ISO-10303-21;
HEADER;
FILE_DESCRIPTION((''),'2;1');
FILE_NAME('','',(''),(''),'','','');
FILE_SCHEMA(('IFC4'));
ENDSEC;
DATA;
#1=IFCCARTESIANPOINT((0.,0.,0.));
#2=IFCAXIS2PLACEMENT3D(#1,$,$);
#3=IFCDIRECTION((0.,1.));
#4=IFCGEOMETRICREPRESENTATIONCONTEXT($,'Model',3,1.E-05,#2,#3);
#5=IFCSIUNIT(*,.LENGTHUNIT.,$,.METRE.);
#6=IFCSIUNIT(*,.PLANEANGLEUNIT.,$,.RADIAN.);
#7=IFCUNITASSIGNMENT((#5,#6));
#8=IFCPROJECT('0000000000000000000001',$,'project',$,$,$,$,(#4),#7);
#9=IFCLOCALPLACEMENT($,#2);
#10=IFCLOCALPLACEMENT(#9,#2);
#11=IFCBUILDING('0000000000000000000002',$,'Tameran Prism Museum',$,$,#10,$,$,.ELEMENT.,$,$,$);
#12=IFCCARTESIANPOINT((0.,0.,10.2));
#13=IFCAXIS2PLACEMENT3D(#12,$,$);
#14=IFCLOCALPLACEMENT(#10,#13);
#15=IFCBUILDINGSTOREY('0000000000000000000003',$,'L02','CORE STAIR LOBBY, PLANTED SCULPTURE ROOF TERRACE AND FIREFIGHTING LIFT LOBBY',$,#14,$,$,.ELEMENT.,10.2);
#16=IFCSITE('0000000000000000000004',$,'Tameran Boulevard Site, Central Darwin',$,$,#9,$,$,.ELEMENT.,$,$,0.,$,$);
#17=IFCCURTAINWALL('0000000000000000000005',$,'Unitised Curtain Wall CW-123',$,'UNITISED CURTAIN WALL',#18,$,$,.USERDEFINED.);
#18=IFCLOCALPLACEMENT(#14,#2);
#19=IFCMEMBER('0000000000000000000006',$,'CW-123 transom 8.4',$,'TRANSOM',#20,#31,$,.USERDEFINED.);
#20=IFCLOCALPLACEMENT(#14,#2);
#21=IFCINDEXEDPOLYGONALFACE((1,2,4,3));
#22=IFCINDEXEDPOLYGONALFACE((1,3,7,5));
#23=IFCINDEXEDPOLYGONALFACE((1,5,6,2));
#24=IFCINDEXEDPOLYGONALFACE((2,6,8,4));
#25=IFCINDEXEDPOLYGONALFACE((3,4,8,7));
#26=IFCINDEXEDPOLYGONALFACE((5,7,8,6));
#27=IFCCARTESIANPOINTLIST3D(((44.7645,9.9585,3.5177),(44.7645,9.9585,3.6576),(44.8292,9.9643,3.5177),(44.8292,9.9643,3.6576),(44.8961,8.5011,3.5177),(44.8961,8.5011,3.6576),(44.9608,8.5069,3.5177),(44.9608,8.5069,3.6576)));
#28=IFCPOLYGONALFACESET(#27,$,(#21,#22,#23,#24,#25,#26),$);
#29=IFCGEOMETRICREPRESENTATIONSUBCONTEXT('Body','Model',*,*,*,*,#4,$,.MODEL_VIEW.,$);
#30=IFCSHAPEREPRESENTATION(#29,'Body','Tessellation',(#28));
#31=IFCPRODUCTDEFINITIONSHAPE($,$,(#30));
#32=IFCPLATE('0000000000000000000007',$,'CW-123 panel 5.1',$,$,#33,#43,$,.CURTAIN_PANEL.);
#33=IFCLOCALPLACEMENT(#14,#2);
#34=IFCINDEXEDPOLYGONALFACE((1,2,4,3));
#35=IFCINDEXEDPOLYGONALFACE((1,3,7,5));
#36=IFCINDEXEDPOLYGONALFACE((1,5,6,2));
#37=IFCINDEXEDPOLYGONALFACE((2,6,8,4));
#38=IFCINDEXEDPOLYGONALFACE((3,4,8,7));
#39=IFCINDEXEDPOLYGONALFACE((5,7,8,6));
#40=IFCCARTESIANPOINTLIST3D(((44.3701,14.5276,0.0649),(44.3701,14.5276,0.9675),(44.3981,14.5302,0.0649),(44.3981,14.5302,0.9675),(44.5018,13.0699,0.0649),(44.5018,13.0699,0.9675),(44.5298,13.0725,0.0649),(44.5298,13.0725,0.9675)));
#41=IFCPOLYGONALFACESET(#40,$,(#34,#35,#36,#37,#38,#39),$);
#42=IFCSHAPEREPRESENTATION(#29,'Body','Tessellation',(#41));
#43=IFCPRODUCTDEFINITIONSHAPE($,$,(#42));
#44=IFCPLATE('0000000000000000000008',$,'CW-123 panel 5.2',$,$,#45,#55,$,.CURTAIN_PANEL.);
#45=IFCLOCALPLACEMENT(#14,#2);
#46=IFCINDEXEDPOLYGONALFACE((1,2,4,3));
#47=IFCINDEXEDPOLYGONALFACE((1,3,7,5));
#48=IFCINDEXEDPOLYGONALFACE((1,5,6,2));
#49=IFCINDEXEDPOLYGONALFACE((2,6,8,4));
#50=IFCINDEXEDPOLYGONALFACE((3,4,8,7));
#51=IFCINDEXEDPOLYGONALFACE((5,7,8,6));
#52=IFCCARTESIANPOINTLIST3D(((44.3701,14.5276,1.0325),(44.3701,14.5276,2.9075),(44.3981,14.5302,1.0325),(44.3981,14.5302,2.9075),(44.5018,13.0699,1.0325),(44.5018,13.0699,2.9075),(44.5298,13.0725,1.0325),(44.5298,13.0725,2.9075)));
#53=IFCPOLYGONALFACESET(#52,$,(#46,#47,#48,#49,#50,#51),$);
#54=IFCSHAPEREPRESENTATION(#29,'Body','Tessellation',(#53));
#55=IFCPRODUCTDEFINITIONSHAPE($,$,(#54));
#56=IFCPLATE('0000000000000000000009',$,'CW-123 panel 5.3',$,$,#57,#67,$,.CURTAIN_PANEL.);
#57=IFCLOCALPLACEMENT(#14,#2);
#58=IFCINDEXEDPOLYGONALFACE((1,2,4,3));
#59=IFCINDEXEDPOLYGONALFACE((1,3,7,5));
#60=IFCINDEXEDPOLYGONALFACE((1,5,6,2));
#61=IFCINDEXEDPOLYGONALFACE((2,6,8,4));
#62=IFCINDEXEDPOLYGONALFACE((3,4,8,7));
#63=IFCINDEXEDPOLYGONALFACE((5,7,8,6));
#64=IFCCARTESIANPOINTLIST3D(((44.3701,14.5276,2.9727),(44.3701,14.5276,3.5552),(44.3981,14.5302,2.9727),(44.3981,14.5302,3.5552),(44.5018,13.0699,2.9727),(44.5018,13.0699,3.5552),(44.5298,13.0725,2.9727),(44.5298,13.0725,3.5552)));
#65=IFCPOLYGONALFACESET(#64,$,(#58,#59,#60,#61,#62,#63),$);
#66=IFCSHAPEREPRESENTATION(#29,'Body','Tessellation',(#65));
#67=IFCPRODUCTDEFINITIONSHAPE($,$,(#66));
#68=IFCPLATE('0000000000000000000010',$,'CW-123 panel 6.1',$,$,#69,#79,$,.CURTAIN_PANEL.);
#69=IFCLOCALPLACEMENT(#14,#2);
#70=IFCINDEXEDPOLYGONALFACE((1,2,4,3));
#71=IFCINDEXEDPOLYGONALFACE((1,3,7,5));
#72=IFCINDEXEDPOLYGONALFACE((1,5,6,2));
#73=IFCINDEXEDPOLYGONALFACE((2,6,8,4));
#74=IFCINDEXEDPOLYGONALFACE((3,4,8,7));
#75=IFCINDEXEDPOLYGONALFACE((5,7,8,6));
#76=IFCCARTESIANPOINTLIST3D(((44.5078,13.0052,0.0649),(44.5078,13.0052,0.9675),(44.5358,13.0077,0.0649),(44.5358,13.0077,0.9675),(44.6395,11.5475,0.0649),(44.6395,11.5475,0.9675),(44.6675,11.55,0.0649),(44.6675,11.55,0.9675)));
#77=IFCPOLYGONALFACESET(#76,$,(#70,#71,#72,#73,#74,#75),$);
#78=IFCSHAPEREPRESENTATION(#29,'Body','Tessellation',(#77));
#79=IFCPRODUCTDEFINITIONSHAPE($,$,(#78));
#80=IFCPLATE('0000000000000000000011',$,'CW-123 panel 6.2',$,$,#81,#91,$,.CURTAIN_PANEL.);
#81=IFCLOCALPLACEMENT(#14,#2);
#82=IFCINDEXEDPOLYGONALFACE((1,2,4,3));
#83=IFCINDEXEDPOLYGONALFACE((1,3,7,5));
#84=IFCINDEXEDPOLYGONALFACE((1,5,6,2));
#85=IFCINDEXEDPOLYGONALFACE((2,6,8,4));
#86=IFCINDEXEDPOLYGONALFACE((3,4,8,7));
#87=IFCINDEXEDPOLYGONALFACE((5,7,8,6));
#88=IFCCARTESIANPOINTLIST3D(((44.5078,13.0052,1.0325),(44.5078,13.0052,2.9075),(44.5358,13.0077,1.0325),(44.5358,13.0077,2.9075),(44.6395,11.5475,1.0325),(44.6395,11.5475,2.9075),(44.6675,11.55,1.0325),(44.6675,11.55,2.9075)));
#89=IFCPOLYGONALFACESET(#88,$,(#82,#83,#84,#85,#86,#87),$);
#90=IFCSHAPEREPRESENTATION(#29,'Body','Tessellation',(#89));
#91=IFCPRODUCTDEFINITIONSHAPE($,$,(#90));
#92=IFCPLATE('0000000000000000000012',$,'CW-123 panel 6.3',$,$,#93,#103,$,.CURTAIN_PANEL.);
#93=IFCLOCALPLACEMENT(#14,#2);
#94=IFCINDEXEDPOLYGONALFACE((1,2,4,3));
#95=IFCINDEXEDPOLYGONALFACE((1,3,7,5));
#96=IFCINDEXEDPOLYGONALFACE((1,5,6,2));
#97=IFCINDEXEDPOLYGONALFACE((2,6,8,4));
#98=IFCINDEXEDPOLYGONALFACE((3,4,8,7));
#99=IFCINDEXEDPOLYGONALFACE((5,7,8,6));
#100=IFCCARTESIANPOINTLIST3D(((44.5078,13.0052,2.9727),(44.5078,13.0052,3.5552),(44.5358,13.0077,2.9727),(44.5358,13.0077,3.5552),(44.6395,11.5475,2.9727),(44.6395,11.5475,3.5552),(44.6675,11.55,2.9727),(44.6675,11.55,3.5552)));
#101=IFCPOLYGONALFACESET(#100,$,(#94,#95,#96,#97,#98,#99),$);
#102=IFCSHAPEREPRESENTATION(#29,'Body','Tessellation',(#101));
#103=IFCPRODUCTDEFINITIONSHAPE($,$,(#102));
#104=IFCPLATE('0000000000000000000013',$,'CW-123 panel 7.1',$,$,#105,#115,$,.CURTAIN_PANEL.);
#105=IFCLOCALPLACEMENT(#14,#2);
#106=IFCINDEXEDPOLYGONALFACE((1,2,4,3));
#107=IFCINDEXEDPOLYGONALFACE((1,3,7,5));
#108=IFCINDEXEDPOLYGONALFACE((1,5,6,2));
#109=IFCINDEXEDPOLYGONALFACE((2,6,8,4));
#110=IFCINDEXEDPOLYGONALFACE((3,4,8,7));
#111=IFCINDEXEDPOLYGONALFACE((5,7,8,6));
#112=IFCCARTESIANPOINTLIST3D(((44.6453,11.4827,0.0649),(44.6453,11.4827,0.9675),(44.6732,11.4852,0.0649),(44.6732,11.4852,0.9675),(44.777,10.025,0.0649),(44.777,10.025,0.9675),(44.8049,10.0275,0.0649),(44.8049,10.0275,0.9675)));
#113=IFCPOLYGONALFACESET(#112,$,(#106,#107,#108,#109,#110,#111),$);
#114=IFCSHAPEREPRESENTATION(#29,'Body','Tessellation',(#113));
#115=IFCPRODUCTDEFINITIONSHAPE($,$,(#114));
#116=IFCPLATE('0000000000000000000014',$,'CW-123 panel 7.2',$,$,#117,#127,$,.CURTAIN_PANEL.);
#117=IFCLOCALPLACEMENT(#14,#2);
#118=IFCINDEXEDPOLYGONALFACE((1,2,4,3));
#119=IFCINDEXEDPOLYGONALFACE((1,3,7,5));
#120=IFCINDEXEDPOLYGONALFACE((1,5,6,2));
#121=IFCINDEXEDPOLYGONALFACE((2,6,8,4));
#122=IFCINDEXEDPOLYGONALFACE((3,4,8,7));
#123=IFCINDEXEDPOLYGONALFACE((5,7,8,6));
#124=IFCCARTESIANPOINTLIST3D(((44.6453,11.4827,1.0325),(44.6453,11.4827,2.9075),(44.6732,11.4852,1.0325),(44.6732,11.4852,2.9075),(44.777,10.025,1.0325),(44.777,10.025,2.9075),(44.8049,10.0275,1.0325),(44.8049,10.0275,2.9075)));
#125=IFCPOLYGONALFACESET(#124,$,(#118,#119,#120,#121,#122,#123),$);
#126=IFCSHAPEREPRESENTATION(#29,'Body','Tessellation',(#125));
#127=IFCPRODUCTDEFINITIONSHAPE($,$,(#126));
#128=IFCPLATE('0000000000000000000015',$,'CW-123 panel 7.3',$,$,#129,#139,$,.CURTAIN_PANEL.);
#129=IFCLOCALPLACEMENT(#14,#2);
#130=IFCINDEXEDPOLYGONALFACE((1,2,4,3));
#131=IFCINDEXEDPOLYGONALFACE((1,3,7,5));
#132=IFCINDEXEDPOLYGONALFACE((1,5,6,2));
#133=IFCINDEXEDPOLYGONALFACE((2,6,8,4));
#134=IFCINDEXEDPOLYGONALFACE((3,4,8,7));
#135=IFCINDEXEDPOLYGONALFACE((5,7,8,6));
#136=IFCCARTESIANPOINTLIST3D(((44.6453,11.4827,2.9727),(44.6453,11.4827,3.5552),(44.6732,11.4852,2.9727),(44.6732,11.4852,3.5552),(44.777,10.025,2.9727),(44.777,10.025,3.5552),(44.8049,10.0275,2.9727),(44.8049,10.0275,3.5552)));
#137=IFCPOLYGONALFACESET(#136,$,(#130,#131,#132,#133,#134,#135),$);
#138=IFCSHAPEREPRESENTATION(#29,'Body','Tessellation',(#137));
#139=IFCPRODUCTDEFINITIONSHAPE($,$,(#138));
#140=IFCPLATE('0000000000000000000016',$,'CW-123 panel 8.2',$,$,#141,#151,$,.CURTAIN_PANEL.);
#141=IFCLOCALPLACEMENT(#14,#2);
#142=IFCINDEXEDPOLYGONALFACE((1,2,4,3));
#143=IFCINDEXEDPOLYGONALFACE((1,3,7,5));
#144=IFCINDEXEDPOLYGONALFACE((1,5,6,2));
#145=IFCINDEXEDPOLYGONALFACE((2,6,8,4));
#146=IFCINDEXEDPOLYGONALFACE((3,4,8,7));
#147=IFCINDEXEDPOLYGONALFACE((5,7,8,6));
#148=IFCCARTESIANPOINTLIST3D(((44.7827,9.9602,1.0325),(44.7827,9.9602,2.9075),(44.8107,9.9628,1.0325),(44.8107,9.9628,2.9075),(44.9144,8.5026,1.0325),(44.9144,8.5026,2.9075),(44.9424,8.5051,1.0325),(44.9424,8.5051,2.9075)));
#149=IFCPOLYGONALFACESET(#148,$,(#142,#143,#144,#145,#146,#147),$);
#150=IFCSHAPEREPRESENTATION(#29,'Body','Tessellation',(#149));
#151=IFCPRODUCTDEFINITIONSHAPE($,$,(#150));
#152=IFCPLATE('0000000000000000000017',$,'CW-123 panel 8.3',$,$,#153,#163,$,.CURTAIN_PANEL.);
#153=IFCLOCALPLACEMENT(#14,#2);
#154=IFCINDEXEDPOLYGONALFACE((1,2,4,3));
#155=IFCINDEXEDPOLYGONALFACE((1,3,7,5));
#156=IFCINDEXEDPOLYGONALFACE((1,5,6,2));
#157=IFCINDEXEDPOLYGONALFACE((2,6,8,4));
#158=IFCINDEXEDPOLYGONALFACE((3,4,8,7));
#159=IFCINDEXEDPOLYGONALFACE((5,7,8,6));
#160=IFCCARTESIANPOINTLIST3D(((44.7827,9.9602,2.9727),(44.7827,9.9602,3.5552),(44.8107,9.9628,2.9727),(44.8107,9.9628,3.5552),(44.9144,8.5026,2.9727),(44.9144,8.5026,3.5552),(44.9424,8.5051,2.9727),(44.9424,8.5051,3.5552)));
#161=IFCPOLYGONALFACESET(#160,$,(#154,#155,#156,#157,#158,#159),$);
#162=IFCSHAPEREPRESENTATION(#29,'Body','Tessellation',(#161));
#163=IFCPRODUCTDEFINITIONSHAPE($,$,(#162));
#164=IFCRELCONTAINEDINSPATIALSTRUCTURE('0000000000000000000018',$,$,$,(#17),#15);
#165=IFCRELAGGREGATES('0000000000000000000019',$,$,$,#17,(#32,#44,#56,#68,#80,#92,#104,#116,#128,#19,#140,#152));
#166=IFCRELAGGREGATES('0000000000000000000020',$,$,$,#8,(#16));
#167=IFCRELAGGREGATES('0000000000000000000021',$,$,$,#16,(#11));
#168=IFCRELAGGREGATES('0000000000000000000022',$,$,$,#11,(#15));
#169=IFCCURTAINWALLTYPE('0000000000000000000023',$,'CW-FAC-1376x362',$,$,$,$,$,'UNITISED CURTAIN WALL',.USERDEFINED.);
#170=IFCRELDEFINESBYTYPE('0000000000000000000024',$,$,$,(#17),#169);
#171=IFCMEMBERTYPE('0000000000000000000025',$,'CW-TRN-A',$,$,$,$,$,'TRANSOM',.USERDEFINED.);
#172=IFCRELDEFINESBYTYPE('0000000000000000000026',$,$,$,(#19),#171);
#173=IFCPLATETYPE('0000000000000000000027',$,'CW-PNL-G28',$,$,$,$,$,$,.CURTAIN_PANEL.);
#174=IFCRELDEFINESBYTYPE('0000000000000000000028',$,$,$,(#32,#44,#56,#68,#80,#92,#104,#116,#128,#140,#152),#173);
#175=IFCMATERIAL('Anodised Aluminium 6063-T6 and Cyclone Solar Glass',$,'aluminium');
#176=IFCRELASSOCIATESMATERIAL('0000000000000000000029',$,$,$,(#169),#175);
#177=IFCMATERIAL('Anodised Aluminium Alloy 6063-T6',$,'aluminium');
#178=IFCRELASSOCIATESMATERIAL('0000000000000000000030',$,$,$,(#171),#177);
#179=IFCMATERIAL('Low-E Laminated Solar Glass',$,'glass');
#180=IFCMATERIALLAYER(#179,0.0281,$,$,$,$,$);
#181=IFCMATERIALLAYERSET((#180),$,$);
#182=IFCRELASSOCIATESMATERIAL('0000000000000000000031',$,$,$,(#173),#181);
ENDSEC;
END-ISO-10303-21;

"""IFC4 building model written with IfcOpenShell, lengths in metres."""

from ifc_helpers import new_model, si_unit, direction, frame, origin, origin_2d, place, context, subcontext, project, spatial, rectangle, extrude, material, layer, layer_set, material_profile, profile_set, type_object, element, aggregate, save


model = new_model("IFC4")

# Units and contexts
model_context = context("Model", 3, precision=1e-05, world=origin(), true_north=direction((0.0, 1.0)))
body_context = subcontext(model_context, "Body", "Model", "MODEL_VIEW")
ifc_project = project(units=[si_unit("LENGTHUNIT", "METRE"), si_unit("PLANEANGLEUNIT", "RADIAN")], contexts=[model_context])

# Site, building, storey
site_placement = place(None, origin())
site = spatial("IfcSite", under=ifc_project, at=site_placement, Name="Tameran Boulevard Site, Central Darwin", CompositionType="ELEMENT", RefElevation=0.0)
building_placement = place(site_placement, origin())
building = spatial("IfcBuilding", under=site, at=building_placement, Name="Tameran Prism Museum", CompositionType="ELEMENT")
storey_placement = place(building_placement, frame((0.0, 0.0, 10.2)))
storey = spatial("IfcBuildingStorey", under=building, at=storey_placement, Name="L02", Description="CORE STAIR LOBBY, PLANTED SCULPTURE ROOF TERRACE AND FIREFIGHTING LIFT LOBBY", CompositionType="ELEMENT", Elevation=10.2)

# Curtain wall, member, plates
ifc_material_1 = material(Name="Anodised Aluminium 6063-T6 and Cyclone Solar Glass", Category="aluminium")
curtain_wall_type = type_object("IfcCurtainWallType", Name="CW-FAC-1376x362", ElementType="UNITISED CURTAIN WALL", PredefinedType="USERDEFINED", material=ifc_material_1)
curtain_wall_placement = place(storey_placement, origin())
curtain_wall = element("IfcCurtainWall", 1, at=curtain_wall_placement, inside=storey, type_object=curtain_wall_type, Name="Unitised Curtain Wall CW-123", ObjectType="UNITISED CURTAIN WALL", PredefinedType="USERDEFINED")
ifc_material_2 = material(Name="Anodised Aluminium Alloy 6063-T6", Category="aluminium")
ifc_material_profile_1 = material_profile(ifc_material_2, rectangle(XDim=0.0649, YDim=0.1399, at=origin_2d()))
ifc_profile_set_1 = profile_set([ifc_material_profile_1])
member_type_1 = type_object("IfcMemberType", Name="CW-TRN-A", ElementType="TRANSOM", PredefinedType="USERDEFINED", material=ifc_profile_set_1)
member_1_placement = place(storey_placement, frame((44.7969, 9.9614, 3.5876), z_axis=(0.089919, -0.995949, 0.0), x_axis=(0.995949, 0.089919, 0.0)))
member_1 = element("IfcMember", 2, at=member_1_placement, type_object=member_type_1, Name="CW-123 transom 8.4", ObjectType="TRANSOM", PredefinedType="USERDEFINED", context=body_context, shape_type="SweptSolid", body=[
    extrude(rectangle(XDim=0.0649, YDim=0.1399, at=origin_2d()), origin(), (0.0, 0.0, 1.0), 1.4634),
])
ifc_material_3 = material(Name="Low-E Laminated Solar Glass", Category="glass")
ifc_layer = layer(ifc_material_3, 0.0281)
ifc_layer_set = layer_set([ifc_layer])
plate_type = type_object("IfcPlateType", Name="CW-PNL-G28", PredefinedType="CURTAIN_PANEL", material=ifc_layer_set)
plate_1_placement = place(storey_placement, frame((44.45, 13.8, 0.0649), z_axis=(0.0, 0.0, 1.0), x_axis=(0.089985, -0.995943, 0.0)))
plate_1 = element("IfcPlate", 3, at=plate_1_placement, type_object=plate_type, Name="CW-123 panel 5.1", PredefinedType="CURTAIN_PANEL", context=body_context, shape_type="SweptSolid", body=[
    extrude(rectangle(XDim=1.4636, YDim=0.0281, at=origin_2d()), origin(), (0.0, 0.0, 1.0), 0.9026),
])
plate_2_placement = place(storey_placement, frame((44.45, 13.8, 1.0325), z_axis=(0.0, 0.0, 1.0), x_axis=(0.089985, -0.995943, 0.0)))
plate_2 = element("IfcPlate", 4, at=plate_2_placement, type_object=plate_type, Name="CW-123 panel 5.2", PredefinedType="CURTAIN_PANEL", context=body_context, shape_type="SweptSolid", body=[
    extrude(rectangle(XDim=1.4636, YDim=0.0281, at=origin_2d()), origin(), (0.0, 0.0, 1.0), 1.875),
])
plate_3_placement = place(storey_placement, frame((44.45, 13.8, 2.9727), z_axis=(0.0, 0.0, 1.0), x_axis=(0.089985, -0.995943, 0.0)))
plate_3 = element("IfcPlate", 5, at=plate_3_placement, type_object=plate_type, Name="CW-123 panel 5.3", PredefinedType="CURTAIN_PANEL", context=body_context, shape_type="SweptSolid", body=[
    extrude(rectangle(XDim=1.4636, YDim=0.0281, at=origin_2d()), origin(), (0.0, 0.0, 1.0), 0.5825),
])
plate_4_placement = place(storey_placement, frame((44.5876, 12.2776, 0.0649), z_axis=(0.0, 0.0, 1.0), x_axis=(0.089985, -0.995943, 0.0)))
plate_4 = element("IfcPlate", 6, at=plate_4_placement, type_object=plate_type, Name="CW-123 panel 6.1", PredefinedType="CURTAIN_PANEL", context=body_context, shape_type="SweptSolid", body=[
    extrude(rectangle(XDim=1.4636, YDim=0.0281, at=origin_2d()), origin(), (0.0, 0.0, 1.0), 0.9026),
])
plate_5_placement = place(storey_placement, frame((44.5876, 12.2776, 1.0325), z_axis=(0.0, 0.0, 1.0), x_axis=(0.089985, -0.995943, 0.0)))
plate_5 = element("IfcPlate", 7, at=plate_5_placement, type_object=plate_type, Name="CW-123 panel 6.2", PredefinedType="CURTAIN_PANEL", context=body_context, shape_type="SweptSolid", body=[
    extrude(rectangle(XDim=1.4636, YDim=0.0281, at=origin_2d()), origin(), (0.0, 0.0, 1.0), 1.875),
])
plate_6_placement = place(storey_placement, frame((44.5876, 12.2776, 2.9727), z_axis=(0.0, 0.0, 1.0), x_axis=(0.089985, -0.995943, 0.0)))
plate_6 = element("IfcPlate", 8, at=plate_6_placement, type_object=plate_type, Name="CW-123 panel 6.3", PredefinedType="CURTAIN_PANEL", context=body_context, shape_type="SweptSolid", body=[
    extrude(rectangle(XDim=1.4636, YDim=0.0281, at=origin_2d()), origin(), (0.0, 0.0, 1.0), 0.5825),
])
plate_7_placement = place(storey_placement, frame((44.7251, 10.7551, 0.0649), z_axis=(0.0, 0.0, 1.0), x_axis=(0.089985, -0.995943, 0.0)))
plate_7 = element("IfcPlate", 9, at=plate_7_placement, type_object=plate_type, Name="CW-123 panel 7.1", PredefinedType="CURTAIN_PANEL", context=body_context, shape_type="SweptSolid", body=[
    extrude(rectangle(XDim=1.4636, YDim=0.0281, at=origin_2d()), origin(), (0.0, 0.0, 1.0), 0.9026),
])
plate_8_placement = place(storey_placement, frame((44.7251, 10.7551, 1.0325), z_axis=(0.0, 0.0, 1.0), x_axis=(0.089985, -0.995943, 0.0)))
plate_8 = element("IfcPlate", 10, at=plate_8_placement, type_object=plate_type, Name="CW-123 panel 7.2", PredefinedType="CURTAIN_PANEL", context=body_context, shape_type="SweptSolid", body=[
    extrude(rectangle(XDim=1.4636, YDim=0.0281, at=origin_2d()), origin(), (0.0, 0.0, 1.0), 1.875),
])
plate_9_placement = place(storey_placement, frame((44.7251, 10.7551, 2.9727), z_axis=(0.0, 0.0, 1.0), x_axis=(0.089985, -0.995943, 0.0)))
plate_9 = element("IfcPlate", 11, at=plate_9_placement, type_object=plate_type, Name="CW-123 panel 7.3", PredefinedType="CURTAIN_PANEL", context=body_context, shape_type="SweptSolid", body=[
    extrude(rectangle(XDim=1.4636, YDim=0.0281, at=origin_2d()), origin(), (0.0, 0.0, 1.0), 0.5825),
])
plate_10_placement = place(storey_placement, frame((44.8625, 9.2327, 1.0325), z_axis=(0.0, 0.0, 1.0), x_axis=(0.089985, -0.995943, 0.0)))
plate_10 = element("IfcPlate", 12, at=plate_10_placement, type_object=plate_type, Name="CW-123 panel 8.2", PredefinedType="CURTAIN_PANEL", context=body_context, shape_type="SweptSolid", body=[
    extrude(rectangle(XDim=1.4636, YDim=0.0281, at=origin_2d()), origin(), (0.0, 0.0, 1.0), 1.875),
])
plate_11_placement = place(storey_placement, frame((44.8625, 9.2327, 2.9727), z_axis=(0.0, 0.0, 1.0), x_axis=(0.089985, -0.995943, 0.0)))
plate_11 = element("IfcPlate", 13, at=plate_11_placement, type_object=plate_type, Name="CW-123 panel 8.3", PredefinedType="CURTAIN_PANEL", context=body_context, shape_type="SweptSolid", body=[
    extrude(rectangle(XDim=1.4636, YDim=0.0281, at=origin_2d()), origin(), (0.0, 0.0, 1.0), 0.5825),
])
aggregate(curtain_wall, [plate_1, plate_2, plate_3, plate_4, plate_5, plate_6, plate_7, plate_8, plate_9, member_1, plate_10, plate_11])

save(model, "model.ifc")
